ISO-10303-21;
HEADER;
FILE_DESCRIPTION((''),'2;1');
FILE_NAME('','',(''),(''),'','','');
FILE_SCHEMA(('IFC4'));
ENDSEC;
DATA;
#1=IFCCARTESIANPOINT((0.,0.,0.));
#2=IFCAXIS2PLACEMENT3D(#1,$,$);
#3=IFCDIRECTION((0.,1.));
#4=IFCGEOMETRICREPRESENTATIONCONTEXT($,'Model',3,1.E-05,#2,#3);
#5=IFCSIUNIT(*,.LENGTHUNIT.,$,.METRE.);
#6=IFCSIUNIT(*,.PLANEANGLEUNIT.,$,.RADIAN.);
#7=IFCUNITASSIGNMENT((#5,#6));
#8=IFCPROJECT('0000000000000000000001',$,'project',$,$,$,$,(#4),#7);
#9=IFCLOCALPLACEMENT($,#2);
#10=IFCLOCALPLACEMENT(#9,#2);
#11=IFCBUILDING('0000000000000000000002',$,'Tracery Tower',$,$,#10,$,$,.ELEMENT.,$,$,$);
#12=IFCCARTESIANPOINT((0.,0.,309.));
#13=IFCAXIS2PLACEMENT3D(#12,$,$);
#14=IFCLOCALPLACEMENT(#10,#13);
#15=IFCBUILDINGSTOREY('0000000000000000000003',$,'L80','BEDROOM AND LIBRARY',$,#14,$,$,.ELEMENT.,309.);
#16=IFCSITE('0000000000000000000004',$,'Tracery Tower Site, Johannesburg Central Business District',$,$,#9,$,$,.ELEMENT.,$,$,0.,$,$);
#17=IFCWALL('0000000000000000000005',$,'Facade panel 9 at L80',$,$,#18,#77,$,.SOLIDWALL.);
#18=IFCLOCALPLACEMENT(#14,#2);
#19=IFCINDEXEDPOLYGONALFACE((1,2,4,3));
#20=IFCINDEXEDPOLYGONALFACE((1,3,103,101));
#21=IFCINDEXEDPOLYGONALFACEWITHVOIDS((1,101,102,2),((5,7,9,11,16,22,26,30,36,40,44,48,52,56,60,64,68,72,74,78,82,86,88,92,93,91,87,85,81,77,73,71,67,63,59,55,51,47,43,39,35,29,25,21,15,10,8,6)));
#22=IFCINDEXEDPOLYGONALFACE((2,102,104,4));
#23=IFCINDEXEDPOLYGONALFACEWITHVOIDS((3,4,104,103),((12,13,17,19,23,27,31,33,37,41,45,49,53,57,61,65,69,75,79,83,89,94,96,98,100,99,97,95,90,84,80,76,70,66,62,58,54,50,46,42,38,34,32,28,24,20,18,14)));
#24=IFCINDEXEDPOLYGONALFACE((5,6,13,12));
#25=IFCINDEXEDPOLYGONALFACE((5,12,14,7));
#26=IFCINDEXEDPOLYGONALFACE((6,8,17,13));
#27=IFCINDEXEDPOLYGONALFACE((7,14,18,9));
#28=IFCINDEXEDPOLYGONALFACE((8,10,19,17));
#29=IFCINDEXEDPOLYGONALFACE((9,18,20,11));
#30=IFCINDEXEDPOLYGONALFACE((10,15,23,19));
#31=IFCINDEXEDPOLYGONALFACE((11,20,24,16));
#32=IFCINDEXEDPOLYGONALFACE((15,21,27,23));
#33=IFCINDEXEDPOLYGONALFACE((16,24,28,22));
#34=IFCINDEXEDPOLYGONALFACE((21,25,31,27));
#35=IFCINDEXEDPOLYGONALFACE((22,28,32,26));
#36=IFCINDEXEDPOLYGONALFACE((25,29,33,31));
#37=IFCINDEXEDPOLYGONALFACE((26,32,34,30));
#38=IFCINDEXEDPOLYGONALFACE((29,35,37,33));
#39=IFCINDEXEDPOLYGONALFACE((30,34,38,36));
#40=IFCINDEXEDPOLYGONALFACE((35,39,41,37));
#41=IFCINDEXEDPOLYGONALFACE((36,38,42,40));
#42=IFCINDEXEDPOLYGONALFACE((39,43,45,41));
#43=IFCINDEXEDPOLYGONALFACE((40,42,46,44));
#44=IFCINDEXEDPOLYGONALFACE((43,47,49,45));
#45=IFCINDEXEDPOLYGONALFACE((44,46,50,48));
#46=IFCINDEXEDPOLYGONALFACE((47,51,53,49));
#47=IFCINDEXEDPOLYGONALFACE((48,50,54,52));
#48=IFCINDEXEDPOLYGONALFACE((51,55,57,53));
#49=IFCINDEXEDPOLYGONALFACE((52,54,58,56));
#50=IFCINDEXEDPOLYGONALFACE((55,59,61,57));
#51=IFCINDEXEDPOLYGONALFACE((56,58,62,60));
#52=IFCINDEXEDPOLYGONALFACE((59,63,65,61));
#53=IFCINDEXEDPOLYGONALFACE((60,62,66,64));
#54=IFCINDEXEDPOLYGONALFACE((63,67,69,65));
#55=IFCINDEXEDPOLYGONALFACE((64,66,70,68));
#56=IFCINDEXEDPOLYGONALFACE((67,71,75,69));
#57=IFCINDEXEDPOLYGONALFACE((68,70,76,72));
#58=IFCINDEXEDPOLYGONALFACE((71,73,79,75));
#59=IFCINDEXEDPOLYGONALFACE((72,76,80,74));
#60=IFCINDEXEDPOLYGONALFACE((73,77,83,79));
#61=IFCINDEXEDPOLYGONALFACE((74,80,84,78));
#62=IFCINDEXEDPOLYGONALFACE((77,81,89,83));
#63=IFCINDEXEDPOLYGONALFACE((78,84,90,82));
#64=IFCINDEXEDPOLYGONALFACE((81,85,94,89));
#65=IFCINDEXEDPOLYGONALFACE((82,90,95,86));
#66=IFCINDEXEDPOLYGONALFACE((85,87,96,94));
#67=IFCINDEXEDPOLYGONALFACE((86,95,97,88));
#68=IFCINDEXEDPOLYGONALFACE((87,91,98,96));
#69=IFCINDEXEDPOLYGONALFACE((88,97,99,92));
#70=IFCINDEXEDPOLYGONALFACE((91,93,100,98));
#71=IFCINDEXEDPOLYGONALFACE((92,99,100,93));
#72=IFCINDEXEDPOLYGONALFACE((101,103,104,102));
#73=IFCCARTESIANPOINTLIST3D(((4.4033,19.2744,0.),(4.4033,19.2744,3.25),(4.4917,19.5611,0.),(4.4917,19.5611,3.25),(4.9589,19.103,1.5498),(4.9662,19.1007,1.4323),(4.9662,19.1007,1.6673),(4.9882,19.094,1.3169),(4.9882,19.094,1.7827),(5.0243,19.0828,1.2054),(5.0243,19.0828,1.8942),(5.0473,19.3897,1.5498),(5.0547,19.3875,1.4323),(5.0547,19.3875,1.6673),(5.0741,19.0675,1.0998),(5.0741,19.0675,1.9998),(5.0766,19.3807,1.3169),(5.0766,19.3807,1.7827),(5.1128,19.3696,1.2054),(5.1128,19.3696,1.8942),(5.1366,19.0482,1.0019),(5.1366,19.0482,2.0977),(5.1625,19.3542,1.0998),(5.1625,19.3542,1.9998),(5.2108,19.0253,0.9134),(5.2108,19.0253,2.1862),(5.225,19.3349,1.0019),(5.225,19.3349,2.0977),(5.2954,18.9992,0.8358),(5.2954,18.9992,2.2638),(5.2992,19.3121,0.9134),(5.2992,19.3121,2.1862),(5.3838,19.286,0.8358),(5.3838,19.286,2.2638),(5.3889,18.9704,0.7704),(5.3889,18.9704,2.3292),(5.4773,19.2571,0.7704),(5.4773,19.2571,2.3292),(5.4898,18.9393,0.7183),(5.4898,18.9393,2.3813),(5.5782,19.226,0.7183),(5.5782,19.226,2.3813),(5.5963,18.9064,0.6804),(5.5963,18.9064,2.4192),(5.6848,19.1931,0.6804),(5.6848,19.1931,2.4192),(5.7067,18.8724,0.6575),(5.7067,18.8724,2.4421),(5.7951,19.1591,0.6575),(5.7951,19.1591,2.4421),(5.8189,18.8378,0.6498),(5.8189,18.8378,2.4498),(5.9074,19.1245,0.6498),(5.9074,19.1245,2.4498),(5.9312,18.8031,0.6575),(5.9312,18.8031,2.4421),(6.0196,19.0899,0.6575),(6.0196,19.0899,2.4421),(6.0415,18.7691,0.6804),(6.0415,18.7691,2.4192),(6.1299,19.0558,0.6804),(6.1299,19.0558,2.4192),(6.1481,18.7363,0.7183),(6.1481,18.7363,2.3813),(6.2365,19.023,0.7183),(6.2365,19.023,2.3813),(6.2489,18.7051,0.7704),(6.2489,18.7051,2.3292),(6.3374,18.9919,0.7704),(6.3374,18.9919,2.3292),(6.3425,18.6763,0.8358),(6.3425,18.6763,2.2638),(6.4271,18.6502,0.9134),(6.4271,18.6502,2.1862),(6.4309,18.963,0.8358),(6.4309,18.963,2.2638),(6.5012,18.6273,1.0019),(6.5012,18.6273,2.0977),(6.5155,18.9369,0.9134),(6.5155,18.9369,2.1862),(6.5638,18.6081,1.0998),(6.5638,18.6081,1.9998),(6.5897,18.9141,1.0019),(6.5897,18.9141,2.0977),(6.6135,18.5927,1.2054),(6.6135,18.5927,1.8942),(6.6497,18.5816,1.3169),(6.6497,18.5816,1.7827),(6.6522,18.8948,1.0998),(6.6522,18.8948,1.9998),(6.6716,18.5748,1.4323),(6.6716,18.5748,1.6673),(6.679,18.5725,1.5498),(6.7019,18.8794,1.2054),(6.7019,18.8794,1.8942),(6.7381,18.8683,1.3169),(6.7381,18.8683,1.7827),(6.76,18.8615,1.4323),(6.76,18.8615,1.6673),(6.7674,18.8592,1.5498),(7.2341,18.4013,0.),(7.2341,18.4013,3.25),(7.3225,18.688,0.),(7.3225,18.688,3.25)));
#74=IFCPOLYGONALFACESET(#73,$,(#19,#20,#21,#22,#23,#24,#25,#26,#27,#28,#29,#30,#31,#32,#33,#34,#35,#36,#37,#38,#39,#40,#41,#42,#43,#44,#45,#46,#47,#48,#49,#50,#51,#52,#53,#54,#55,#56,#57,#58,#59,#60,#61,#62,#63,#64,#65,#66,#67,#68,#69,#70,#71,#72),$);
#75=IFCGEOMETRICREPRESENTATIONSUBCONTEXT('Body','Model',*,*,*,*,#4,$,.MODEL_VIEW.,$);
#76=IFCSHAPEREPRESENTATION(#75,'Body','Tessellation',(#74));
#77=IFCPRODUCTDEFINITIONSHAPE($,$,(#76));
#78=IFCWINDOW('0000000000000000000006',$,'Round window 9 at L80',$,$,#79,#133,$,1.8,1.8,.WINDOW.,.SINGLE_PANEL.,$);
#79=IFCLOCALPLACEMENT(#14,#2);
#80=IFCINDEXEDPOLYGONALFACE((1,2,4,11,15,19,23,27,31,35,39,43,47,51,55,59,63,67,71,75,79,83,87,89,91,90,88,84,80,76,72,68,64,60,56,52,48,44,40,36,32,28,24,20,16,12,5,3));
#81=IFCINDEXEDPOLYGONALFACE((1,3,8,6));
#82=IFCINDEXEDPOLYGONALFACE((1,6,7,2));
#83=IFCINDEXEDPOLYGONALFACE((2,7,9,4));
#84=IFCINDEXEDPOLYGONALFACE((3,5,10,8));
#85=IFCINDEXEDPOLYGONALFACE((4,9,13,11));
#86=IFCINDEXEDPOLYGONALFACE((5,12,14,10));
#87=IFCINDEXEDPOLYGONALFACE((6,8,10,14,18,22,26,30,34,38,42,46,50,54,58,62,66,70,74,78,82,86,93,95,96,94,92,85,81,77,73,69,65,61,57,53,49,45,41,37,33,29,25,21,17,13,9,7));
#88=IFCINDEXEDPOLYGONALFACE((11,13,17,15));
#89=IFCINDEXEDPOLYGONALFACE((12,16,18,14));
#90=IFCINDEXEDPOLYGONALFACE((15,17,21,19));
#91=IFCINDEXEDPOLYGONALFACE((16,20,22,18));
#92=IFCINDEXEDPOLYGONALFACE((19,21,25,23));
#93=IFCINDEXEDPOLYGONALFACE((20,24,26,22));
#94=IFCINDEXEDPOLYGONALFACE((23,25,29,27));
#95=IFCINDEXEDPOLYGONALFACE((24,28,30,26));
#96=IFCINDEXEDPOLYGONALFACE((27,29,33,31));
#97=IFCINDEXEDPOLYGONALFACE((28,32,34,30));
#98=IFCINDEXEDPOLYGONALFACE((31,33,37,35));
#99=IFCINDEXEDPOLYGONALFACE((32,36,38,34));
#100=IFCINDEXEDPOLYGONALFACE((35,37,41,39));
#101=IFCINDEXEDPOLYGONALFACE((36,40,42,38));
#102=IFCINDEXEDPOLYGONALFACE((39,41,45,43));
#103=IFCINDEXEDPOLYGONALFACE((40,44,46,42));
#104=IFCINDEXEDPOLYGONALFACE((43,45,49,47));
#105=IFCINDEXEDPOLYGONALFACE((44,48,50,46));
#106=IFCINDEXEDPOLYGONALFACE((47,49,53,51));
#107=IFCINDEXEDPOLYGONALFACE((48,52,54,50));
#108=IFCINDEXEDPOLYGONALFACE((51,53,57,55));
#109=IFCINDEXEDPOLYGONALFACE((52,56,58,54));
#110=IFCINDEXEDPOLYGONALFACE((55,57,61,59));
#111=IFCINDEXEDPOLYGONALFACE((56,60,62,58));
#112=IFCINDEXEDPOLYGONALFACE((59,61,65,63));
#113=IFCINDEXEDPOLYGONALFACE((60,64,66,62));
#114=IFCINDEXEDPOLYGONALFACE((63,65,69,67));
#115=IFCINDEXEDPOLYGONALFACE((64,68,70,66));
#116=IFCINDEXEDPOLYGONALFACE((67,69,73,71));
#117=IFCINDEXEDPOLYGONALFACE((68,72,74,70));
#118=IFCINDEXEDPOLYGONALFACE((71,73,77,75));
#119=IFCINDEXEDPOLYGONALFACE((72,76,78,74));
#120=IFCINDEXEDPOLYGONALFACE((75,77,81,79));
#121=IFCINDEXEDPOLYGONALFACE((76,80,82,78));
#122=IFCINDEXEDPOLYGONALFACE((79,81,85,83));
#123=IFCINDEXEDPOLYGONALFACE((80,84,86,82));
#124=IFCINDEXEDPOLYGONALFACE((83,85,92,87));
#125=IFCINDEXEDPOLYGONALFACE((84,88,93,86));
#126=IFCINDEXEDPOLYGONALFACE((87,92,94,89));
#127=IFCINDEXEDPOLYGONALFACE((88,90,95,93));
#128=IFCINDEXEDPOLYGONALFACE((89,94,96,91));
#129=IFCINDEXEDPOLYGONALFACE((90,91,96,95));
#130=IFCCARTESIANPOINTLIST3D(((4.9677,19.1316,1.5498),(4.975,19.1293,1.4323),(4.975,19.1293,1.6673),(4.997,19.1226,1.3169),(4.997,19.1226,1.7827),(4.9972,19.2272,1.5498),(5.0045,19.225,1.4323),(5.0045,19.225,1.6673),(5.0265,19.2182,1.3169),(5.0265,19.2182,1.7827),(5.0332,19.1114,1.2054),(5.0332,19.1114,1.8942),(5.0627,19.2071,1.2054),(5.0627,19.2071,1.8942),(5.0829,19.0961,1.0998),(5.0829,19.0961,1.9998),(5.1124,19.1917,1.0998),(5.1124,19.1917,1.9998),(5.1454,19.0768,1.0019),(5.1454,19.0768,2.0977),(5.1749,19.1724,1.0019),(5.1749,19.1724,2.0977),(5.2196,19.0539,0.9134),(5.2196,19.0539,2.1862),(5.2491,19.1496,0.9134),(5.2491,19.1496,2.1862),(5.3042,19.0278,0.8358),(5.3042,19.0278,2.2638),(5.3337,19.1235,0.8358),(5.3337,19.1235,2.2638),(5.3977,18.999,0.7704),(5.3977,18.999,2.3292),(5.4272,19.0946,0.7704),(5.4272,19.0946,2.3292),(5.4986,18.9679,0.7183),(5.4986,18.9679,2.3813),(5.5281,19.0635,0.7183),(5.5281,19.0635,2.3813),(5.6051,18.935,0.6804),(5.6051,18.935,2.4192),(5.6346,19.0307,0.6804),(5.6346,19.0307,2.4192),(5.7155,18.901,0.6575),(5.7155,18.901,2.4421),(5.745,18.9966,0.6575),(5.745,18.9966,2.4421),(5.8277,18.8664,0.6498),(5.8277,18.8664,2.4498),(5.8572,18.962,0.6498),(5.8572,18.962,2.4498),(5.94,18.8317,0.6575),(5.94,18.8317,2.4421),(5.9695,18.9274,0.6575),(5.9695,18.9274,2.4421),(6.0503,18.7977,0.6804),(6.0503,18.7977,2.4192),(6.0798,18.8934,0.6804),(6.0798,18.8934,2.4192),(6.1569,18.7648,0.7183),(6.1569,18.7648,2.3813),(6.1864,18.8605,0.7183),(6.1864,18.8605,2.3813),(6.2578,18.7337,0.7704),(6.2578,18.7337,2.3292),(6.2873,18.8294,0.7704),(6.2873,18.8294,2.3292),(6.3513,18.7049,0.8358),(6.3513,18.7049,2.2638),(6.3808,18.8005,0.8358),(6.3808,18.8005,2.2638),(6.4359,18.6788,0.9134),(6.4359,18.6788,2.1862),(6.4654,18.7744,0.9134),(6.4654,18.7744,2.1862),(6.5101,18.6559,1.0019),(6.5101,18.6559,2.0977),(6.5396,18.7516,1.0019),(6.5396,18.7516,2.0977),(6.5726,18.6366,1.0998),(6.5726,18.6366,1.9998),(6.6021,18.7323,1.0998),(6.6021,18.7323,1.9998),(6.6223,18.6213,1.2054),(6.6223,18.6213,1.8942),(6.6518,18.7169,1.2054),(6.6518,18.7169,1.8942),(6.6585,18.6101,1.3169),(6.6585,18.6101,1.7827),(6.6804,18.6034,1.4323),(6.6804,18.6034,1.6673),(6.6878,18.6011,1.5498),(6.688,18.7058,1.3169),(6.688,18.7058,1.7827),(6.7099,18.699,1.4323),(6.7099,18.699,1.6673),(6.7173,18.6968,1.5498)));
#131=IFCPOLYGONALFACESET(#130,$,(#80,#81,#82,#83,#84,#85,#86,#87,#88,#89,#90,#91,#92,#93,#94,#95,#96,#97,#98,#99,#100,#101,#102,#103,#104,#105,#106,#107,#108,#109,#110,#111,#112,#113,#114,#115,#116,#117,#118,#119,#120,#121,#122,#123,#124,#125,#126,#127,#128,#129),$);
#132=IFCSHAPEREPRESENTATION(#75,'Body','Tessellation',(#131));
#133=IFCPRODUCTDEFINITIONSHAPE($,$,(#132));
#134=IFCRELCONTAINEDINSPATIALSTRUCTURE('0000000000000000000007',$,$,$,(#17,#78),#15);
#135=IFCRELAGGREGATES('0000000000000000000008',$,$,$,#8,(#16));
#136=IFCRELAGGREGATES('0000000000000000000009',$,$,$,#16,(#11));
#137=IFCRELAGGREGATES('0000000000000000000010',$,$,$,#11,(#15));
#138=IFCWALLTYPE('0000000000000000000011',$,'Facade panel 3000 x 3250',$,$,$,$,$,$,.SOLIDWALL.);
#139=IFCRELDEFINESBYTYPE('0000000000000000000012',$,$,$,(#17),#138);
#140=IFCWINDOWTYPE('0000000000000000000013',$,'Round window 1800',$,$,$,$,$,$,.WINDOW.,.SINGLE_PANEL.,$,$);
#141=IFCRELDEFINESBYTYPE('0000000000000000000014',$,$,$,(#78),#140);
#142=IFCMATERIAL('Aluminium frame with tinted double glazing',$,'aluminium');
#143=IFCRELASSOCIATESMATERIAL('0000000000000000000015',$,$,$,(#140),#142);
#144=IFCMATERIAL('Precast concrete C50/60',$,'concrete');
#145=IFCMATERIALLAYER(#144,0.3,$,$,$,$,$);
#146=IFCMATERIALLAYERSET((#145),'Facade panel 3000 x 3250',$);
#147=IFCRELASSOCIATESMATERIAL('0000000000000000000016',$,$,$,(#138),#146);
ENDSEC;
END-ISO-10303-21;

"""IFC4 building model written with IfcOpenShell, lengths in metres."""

from ifc_helpers import new_model, si_unit, direction, frame, frame_2d, origin, origin_2d, place, context, subcontext, project, spatial, rectangle, circle, extrude, material, layer, layer_set, type_object, element, fill, save


model = new_model("IFC4")

# Units and contexts
model_context = context("Model", 3, precision=1e-05, world=origin(), true_north=direction((0.0, 1.0)))
body_context = subcontext(model_context, "Body", "Model", "MODEL_VIEW")
ifc_project = project(units=[si_unit("LENGTHUNIT", "METRE"), si_unit("PLANEANGLEUNIT", "RADIAN")], contexts=[model_context])

# Site, building, storey
site_placement = place(None, origin())
site = spatial("IfcSite", under=ifc_project, at=site_placement, Name="Tracery Tower Site, Johannesburg Central Business District", CompositionType="ELEMENT", RefElevation=0.0)
building_placement = place(site_placement, origin())
building = spatial("IfcBuilding", under=site, at=building_placement, Name="Tracery Tower", CompositionType="ELEMENT")
storey_placement = place(building_placement, frame((0.0, 0.0, 309.0)))
storey = spatial("IfcBuildingStorey", under=building, at=storey_placement, Name="L80", Description="BEDROOM AND LIBRARY", CompositionType="ELEMENT", Elevation=309.0)

# Wall, opening, window
ifc_material_1 = material(Name="Aluminium frame with tinted double glazing", Category="aluminium")
window_type = type_object("IfcWindowType", Name="Round window 1800", PartitioningType="SINGLE_PANEL", PredefinedType="WINDOW", material=ifc_material_1)
ifc_material_2 = material(Name="Precast concrete C50/60", Category="concrete")
ifc_layer_1 = layer(ifc_material_2, 0.3)
ifc_layer_set_1 = layer_set([ifc_layer_1], Name="Facade panel 3000 x 3250")
wall_type_1 = type_object("IfcWallType", Name="Facade panel 3000 x 3250", PredefinedType="SOLIDWALL", material=ifc_layer_set_1)
wall_1_placement = place(storey_placement, frame((7.2783, 18.5447, 0.0), z_axis=(0.0, 0.0, 1.0), x_axis=(-0.955586, 0.294711, 0.0)))
wall_1 = element("IfcWall", 1, at=wall_1_placement, inside=storey, type_object=wall_type_1, Name="Facade panel 9 at L80", PredefinedType="SOLIDWALL", context=body_context, shape_type="SweptSolid", body=[
    extrude(rectangle(XDim=2.9624, YDim=0.3, at=frame_2d((1.4812, 0.0))), origin(), (0.0, 0.0, 1.0), 3.25),
])
opening_1_placement = place(wall_1_placement, frame((1.481, 0.0, 1.5498)))
opening_1 = element("IfcOpeningElement", 2, at=opening_1_placement, cuts=wall_1, PredefinedType="OPENING", context=body_context, shape_type="SweptSolid", body=[
    extrude(circle(Radius=0.9, at=origin_2d()), frame((0.0, 0.1599, 0.0), z_axis=(0.0, -1.0, 0.0), x_axis=(1.0, 0.0, 0.0)), (0.0, 0.0, 1.0), 0.3201),
])
window_1_placement = place(opening_1_placement, origin())
window_1 = element("IfcWindow", 3, at=window_1_placement, inside=storey, type_object=window_type, Name="Round window 9 at L80", OverallHeight=1.8, OverallWidth=1.8, PartitioningType="SINGLE_PANEL", PredefinedType="WINDOW", context=body_context, shape_type="SweptSolid", body=[
    extrude(circle(Radius=0.9, at=origin_2d()), frame((0.0, 0.1201, 0.0), z_axis=(0.0, -1.0, 0.0), x_axis=(1.0, 0.0, 0.0)), (0.0, 0.0, 1.0), 0.1001),
])
fill(opening_1, window_1)

save(model, "model.ifc")
